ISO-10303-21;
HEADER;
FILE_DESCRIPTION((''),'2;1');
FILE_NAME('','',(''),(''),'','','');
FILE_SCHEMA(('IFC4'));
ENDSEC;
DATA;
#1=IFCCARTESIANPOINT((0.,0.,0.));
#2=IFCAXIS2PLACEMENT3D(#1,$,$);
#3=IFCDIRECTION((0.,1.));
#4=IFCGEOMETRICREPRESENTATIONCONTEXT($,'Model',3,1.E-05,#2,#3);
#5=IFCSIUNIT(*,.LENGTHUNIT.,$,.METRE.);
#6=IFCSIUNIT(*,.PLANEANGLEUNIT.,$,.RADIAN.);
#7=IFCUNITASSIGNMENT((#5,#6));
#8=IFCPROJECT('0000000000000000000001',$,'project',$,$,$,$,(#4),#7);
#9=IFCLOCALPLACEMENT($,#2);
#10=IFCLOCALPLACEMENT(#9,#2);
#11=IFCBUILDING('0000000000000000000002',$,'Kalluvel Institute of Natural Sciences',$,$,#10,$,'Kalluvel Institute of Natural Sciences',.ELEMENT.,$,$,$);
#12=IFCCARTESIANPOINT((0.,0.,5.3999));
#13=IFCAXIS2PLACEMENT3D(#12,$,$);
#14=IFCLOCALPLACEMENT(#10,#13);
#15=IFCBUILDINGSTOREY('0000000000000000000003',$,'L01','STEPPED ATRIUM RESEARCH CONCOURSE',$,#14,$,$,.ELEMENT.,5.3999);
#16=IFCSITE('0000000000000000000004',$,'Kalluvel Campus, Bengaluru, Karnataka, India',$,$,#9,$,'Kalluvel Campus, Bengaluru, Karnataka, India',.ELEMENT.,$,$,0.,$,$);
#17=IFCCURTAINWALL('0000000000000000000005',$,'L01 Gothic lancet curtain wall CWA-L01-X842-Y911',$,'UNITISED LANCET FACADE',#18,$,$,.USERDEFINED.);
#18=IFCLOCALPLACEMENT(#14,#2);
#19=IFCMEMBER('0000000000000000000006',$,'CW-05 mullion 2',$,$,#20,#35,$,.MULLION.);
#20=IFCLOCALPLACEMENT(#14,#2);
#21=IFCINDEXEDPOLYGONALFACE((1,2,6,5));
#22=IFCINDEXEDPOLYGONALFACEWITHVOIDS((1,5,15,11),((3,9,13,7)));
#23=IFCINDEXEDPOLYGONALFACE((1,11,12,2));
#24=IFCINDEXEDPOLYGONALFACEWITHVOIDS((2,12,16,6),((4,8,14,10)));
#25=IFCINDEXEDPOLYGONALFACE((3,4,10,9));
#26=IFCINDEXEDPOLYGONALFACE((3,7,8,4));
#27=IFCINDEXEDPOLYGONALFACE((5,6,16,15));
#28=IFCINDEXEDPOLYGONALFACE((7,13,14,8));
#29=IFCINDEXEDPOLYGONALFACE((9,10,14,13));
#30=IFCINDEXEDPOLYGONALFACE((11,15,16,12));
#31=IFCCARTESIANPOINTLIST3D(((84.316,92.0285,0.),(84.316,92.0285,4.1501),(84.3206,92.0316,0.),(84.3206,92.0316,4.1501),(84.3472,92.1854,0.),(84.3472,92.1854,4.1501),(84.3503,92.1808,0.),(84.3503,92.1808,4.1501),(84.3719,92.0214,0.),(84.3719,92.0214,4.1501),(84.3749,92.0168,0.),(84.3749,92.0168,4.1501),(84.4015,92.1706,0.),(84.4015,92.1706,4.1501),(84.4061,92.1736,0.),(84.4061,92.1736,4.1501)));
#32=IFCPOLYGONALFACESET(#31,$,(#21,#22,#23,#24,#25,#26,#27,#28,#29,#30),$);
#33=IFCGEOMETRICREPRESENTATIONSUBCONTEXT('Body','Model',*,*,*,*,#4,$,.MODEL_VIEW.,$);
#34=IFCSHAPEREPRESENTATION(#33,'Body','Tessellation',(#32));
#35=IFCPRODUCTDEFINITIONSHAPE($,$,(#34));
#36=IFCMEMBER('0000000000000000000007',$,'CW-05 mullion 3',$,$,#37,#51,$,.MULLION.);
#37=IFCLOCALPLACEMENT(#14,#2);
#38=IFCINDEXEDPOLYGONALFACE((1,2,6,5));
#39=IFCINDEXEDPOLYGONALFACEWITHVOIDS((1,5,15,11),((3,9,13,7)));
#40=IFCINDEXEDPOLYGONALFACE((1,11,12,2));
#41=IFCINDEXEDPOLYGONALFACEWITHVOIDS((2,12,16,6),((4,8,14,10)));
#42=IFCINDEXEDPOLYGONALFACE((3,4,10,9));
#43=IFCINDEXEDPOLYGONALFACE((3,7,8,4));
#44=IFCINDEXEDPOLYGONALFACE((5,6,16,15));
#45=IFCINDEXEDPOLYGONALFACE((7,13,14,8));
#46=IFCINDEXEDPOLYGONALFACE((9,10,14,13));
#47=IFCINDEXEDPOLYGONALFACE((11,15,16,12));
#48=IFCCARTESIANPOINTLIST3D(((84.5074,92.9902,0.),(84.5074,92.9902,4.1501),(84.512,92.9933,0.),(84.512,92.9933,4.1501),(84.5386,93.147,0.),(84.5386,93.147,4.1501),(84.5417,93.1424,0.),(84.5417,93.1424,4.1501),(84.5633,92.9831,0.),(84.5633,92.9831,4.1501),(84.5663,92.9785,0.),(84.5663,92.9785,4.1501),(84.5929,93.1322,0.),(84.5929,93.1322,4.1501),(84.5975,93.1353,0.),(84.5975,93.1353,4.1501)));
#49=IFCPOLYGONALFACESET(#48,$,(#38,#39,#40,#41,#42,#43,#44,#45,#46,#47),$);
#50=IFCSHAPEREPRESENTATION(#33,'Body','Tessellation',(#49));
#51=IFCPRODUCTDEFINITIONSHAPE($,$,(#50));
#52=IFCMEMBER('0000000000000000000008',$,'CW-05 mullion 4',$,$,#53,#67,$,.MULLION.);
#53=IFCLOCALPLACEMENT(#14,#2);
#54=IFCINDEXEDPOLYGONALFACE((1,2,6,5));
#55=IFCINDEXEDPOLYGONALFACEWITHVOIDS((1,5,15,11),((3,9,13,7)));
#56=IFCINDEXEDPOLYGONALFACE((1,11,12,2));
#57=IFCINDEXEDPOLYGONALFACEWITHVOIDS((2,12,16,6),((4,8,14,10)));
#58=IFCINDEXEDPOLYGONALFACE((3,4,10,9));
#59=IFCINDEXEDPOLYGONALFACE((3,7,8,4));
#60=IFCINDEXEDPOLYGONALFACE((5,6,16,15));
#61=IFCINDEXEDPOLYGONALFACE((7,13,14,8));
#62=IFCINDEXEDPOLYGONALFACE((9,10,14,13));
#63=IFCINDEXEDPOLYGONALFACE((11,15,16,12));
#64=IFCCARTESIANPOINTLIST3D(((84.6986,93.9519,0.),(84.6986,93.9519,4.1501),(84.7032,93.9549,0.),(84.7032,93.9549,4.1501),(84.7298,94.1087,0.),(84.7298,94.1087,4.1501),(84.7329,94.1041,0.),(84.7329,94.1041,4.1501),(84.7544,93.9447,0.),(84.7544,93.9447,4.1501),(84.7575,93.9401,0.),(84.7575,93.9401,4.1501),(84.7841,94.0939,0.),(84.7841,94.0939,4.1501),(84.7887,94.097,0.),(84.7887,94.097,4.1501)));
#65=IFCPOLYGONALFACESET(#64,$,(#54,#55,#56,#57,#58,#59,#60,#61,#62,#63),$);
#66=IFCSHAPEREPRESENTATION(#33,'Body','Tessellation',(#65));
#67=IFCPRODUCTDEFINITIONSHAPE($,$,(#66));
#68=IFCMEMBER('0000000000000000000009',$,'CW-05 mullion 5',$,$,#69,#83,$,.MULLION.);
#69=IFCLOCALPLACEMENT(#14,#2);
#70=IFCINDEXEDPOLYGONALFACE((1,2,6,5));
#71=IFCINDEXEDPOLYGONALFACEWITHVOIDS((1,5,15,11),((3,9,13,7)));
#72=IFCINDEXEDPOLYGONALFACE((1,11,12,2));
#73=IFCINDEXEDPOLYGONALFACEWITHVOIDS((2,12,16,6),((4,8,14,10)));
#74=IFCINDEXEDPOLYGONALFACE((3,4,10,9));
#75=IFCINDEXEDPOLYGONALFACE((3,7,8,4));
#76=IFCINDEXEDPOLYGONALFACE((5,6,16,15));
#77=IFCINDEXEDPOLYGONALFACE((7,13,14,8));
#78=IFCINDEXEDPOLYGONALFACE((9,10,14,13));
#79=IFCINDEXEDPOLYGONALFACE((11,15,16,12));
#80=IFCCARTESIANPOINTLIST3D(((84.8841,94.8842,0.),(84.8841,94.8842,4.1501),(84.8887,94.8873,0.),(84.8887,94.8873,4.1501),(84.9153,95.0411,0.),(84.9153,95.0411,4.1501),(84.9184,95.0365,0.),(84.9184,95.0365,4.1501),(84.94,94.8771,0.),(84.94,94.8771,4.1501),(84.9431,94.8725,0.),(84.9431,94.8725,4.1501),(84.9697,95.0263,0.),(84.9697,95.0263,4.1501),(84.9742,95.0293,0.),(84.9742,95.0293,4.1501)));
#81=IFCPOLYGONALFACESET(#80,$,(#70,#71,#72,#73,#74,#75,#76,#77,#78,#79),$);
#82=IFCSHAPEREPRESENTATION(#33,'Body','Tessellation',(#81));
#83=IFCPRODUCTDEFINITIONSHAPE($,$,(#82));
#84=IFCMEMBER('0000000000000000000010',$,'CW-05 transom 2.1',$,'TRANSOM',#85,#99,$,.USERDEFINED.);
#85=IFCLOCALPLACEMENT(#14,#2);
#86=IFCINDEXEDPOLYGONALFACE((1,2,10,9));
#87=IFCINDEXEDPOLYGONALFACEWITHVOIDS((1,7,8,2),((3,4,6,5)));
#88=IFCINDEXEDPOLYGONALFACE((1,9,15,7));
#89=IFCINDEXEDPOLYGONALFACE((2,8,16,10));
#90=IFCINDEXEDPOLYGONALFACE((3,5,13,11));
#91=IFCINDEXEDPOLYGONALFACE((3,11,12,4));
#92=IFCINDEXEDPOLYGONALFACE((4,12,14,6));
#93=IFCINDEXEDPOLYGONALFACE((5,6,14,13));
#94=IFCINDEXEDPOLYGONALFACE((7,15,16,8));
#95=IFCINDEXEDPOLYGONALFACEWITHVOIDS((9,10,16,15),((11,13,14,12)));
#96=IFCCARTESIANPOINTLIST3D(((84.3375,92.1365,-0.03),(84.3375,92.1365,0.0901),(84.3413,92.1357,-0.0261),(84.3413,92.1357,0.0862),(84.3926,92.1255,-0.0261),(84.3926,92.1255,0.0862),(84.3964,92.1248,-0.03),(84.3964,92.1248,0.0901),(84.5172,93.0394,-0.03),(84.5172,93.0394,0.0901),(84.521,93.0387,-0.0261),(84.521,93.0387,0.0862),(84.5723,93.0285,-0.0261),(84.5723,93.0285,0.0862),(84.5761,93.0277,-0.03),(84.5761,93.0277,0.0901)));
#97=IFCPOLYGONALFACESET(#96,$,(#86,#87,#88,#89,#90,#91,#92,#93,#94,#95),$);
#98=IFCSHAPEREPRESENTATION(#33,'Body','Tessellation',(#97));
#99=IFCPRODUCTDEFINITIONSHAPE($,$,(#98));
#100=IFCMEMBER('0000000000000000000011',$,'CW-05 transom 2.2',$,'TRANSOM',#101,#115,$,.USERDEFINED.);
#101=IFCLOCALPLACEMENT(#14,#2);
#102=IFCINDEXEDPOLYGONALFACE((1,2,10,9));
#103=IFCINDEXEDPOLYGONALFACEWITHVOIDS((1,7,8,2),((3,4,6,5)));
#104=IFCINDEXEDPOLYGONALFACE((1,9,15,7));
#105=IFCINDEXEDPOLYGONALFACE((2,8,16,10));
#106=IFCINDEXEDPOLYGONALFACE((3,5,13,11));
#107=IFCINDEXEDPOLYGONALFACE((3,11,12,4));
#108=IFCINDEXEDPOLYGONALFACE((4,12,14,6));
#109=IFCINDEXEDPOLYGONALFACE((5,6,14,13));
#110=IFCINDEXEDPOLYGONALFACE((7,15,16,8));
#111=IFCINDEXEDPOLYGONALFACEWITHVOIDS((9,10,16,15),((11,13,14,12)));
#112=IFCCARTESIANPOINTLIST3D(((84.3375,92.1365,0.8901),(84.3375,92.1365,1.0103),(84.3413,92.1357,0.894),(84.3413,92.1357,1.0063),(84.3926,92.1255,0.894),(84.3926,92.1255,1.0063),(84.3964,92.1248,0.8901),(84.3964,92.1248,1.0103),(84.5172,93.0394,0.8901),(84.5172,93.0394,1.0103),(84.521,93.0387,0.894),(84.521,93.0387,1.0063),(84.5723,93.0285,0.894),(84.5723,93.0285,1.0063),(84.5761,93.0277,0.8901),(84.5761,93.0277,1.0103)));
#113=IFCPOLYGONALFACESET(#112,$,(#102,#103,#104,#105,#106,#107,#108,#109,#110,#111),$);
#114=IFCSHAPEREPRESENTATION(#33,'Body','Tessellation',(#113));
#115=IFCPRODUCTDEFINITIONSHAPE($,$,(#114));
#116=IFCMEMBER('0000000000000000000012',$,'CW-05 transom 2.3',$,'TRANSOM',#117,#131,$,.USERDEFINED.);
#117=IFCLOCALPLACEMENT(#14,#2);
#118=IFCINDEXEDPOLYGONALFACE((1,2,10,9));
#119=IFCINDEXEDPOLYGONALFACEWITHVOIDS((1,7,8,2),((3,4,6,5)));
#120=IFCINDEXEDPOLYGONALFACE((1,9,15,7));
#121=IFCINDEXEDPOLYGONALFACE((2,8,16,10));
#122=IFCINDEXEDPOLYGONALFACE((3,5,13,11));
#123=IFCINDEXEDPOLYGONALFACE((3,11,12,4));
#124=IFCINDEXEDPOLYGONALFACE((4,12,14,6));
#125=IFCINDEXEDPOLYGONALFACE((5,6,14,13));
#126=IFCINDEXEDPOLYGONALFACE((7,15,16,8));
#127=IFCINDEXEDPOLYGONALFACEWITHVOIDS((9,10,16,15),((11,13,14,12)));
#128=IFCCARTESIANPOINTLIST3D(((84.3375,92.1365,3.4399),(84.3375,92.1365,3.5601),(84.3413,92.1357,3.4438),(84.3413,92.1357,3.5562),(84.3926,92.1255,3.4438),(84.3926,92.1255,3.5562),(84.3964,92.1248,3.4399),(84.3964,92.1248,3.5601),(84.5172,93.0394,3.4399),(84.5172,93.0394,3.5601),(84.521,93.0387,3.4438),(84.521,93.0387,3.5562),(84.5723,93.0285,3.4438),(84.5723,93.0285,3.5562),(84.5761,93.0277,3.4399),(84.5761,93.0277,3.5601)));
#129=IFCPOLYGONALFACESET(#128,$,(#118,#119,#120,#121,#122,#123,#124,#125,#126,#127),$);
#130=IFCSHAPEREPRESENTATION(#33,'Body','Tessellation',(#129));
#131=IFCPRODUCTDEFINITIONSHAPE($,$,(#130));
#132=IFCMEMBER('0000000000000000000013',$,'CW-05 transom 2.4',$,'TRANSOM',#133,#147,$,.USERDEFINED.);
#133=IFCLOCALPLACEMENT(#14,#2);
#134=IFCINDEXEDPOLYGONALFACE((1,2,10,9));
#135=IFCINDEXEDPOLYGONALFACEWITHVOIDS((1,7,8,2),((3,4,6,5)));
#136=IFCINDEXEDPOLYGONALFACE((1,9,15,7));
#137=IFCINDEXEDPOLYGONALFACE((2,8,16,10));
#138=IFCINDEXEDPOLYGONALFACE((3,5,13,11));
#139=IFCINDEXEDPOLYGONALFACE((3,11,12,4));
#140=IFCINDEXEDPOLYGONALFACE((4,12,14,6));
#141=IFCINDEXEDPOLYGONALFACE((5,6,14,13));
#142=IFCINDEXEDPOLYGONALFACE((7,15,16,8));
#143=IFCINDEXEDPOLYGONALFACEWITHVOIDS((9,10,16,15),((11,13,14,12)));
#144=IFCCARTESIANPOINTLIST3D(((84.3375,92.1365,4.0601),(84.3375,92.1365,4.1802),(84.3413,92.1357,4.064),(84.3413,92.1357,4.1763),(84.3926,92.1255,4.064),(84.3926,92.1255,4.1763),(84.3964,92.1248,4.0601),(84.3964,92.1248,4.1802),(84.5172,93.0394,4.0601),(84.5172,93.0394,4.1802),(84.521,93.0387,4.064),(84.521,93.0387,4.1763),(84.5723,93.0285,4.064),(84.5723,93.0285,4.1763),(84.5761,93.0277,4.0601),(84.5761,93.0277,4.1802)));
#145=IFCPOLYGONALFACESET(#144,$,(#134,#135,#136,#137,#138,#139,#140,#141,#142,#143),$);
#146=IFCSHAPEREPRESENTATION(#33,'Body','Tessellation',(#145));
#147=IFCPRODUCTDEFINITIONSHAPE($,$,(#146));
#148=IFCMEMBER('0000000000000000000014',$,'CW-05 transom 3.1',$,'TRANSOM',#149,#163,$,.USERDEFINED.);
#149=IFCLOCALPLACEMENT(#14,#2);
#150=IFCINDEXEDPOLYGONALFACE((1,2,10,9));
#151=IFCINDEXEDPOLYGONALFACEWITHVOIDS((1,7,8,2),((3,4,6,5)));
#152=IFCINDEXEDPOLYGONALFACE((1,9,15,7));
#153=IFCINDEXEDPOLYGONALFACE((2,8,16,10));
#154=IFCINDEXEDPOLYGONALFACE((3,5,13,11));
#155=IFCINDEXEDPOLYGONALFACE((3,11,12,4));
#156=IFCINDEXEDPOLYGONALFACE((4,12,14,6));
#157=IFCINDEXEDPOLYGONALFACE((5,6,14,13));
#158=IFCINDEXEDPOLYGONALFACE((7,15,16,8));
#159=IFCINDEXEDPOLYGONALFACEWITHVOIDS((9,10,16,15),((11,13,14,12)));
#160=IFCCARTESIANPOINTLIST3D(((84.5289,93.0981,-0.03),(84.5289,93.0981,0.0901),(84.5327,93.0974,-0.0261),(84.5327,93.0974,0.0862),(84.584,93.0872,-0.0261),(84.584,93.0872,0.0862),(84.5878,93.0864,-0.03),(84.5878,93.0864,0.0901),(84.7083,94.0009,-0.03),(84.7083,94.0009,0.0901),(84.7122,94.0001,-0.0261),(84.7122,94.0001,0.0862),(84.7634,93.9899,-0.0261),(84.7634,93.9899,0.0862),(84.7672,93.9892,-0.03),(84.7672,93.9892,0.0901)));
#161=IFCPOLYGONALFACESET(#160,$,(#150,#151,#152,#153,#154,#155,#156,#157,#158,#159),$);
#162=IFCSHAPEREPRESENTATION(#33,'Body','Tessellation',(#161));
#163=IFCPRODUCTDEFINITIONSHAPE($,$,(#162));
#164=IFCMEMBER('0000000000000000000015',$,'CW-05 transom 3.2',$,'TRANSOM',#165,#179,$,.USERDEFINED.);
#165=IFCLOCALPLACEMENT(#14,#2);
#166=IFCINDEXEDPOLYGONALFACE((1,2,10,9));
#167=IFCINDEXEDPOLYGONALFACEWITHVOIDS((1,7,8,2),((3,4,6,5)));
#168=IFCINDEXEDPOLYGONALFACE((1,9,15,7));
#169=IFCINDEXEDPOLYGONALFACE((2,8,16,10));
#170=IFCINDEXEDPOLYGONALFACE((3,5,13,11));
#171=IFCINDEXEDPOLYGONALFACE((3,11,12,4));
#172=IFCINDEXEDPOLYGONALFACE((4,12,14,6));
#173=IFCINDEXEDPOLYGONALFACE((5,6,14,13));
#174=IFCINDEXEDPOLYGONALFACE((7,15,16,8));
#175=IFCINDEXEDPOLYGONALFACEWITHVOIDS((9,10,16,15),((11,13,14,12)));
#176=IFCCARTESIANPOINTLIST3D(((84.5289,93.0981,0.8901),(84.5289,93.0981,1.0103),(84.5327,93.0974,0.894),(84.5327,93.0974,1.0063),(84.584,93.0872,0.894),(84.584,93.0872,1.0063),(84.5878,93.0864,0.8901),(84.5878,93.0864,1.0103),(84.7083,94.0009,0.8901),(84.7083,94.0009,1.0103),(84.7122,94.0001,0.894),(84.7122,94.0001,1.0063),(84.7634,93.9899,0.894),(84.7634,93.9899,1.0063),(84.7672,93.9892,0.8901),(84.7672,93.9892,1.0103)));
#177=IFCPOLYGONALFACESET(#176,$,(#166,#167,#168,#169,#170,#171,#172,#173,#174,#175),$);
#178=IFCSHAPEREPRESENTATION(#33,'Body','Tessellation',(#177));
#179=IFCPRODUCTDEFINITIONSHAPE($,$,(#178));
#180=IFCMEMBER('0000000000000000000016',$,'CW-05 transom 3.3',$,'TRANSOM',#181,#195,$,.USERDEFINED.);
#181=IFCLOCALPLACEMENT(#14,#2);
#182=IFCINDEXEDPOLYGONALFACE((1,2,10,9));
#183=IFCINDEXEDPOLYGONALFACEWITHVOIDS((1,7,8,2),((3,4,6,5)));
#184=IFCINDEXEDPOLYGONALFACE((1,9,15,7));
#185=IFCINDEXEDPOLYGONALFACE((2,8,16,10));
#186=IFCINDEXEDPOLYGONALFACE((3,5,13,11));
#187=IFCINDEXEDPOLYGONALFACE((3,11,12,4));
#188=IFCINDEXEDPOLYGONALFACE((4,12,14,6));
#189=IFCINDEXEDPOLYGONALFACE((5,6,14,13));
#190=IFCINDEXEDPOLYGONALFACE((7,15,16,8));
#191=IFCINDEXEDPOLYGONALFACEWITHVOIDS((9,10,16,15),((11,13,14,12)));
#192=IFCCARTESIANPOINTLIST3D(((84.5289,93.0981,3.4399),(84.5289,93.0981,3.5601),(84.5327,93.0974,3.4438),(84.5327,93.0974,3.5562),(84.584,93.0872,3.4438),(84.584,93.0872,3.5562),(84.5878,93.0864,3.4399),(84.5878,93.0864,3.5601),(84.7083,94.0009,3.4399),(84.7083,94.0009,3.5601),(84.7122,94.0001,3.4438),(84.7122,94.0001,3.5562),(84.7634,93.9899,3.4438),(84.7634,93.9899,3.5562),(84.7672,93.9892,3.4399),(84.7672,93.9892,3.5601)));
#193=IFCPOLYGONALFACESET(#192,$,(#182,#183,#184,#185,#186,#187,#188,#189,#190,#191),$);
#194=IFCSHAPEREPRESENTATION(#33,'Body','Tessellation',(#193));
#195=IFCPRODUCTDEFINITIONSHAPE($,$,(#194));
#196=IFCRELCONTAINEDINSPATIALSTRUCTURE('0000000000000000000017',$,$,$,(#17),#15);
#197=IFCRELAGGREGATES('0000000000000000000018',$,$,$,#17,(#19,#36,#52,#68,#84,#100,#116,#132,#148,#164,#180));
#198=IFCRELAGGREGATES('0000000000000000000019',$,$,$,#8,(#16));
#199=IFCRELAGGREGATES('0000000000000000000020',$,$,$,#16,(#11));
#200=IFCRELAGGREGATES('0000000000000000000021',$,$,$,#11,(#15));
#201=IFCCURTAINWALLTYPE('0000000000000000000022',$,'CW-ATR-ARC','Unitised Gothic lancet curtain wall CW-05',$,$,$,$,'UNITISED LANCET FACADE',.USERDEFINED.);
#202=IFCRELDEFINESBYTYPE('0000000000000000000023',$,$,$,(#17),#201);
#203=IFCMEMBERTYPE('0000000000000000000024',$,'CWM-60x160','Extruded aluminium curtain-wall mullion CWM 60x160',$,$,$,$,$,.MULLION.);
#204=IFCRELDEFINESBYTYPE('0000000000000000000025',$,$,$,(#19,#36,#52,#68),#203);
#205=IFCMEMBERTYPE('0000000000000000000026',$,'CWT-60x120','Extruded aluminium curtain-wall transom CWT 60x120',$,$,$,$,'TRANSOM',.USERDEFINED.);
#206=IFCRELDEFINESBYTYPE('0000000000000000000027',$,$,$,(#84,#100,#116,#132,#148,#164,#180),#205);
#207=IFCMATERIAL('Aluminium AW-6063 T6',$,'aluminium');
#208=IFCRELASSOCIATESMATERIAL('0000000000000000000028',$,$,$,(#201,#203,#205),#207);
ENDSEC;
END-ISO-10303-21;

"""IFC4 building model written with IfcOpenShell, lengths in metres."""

from ifc_helpers import new_model, si_unit, direction, frame, origin, origin_2d, place, context, subcontext, project, spatial, hollow_rectangle, extrude, material, material_profile, profile_set, type_object, element, aggregate, save


model = new_model("IFC4")

# Units and contexts
model_context = context("Model", 3, precision=1e-05, world=origin(), true_north=direction((0.0, 1.0)))
body_context = subcontext(model_context, "Body", "Model", "MODEL_VIEW")
ifc_project = project(units=[si_unit("LENGTHUNIT", "METRE"), si_unit("PLANEANGLEUNIT", "RADIAN")], contexts=[model_context])

# Site, building, storey
site_placement = place(None, origin())
site = spatial("IfcSite", under=ifc_project, at=site_placement, Name="Kalluvel Campus, Bengaluru, Karnataka, India", LongName="Kalluvel Campus, Bengaluru, Karnataka, India", CompositionType="ELEMENT", RefElevation=0.0)
building_placement = place(site_placement, origin())
building = spatial("IfcBuilding", under=site, at=building_placement, Name="Kalluvel Institute of Natural Sciences", LongName="Kalluvel Institute of Natural Sciences", CompositionType="ELEMENT")
storey_placement = place(building_placement, frame((0.0, 0.0, 5.3999)))
storey = spatial("IfcBuildingStorey", under=building, at=storey_placement, Name="L01", Description="STEPPED ATRIUM RESEARCH CONCOURSE", CompositionType="ELEMENT", Elevation=5.3999)

# Curtain wall, members
ifc_material_1 = material(Name="Aluminium AW-6063 T6", Category="aluminium")
curtain_wall_type = type_object("IfcCurtainWallType", Name="CW-ATR-ARC", Description="Unitised Gothic lancet curtain wall CW-05", ElementType="UNITISED LANCET FACADE", PredefinedType="USERDEFINED", material=ifc_material_1)
curtain_wall_placement = place(storey_placement, origin())
curtain_wall = element("IfcCurtainWall", 1, at=curtain_wall_placement, inside=storey, type_object=curtain_wall_type, Name="L01 Gothic lancet curtain wall CWA-L01-X842-Y911", ObjectType="UNITISED LANCET FACADE", PredefinedType="USERDEFINED")
ifc_material_profile_1 = material_profile(ifc_material_1, hollow_rectangle(XDim=0.0601, YDim=0.1599, WallThickness=0.0039, at=origin_2d()), Name="CWM 60x160")
ifc_profile_set_1 = profile_set([ifc_material_profile_1], Name="Aluminium AW-6063 T6")
member_type_1 = type_object("IfcMemberType", Name="CWM-60x160", Description="Extruded aluminium curtain-wall mullion CWM 60x160", PredefinedType="MULLION", material=ifc_profile_set_1)
member_1_placement = place(storey_placement, frame((84.3611, 92.1011, 0.0), z_axis=(0.0, 0.0, 1.0), x_axis=(-0.980788, 0.195077, 0.0)))
member_1 = element("IfcMember", 2, at=member_1_placement, type_object=member_type_1, Name="CW-05 mullion 2", PredefinedType="MULLION", context=body_context, shape_type="SweptSolid", body=[
    extrude(hollow_rectangle(XDim=0.0601, YDim=0.1599, WallThickness=0.0039, at=origin_2d()), origin(), (0.0, 0.0, 1.0), 4.1501),
])
member_2_placement = place(storey_placement, frame((84.5525, 93.0627, 0.0), z_axis=(0.0, 0.0, 1.0), x_axis=(-0.980788, 0.195077, 0.0)))
member_2 = element("IfcMember", 3, at=member_2_placement, type_object=member_type_1, Name="CW-05 mullion 3", PredefinedType="MULLION", context=body_context, shape_type="SweptSolid", body=[
    extrude(hollow_rectangle(XDim=0.0601, YDim=0.1599, WallThickness=0.0039, at=origin_2d()), origin(), (0.0, 0.0, 1.0), 4.1501),
])
member_3_placement = place(storey_placement, frame((84.7437, 94.0244, 0.0), z_axis=(0.0, 0.0, 1.0), x_axis=(-0.980788, 0.195077, 0.0)))
member_3 = element("IfcMember", 4, at=member_3_placement, type_object=member_type_1, Name="CW-05 mullion 4", PredefinedType="MULLION", context=body_context, shape_type="SweptSolid", body=[
    extrude(hollow_rectangle(XDim=0.0601, YDim=0.1599, WallThickness=0.0039, at=origin_2d()), origin(), (0.0, 0.0, 1.0), 4.1501),
])
member_4_placement = place(storey_placement, frame((84.9292, 94.9568, 0.0), z_axis=(0.0, 0.0, 1.0), x_axis=(-0.980788, 0.195077, 0.0)))
member_4 = element("IfcMember", 5, at=member_4_placement, type_object=member_type_1, Name="CW-05 mullion 5", PredefinedType="MULLION", context=body_context, shape_type="SweptSolid", body=[
    extrude(hollow_rectangle(XDim=0.0601, YDim=0.1599, WallThickness=0.0039, at=origin_2d()), origin(), (0.0, 0.0, 1.0), 4.1501),
])
ifc_material_profile_2 = material_profile(ifc_material_1, hollow_rectangle(XDim=0.0601, YDim=0.1201, WallThickness=0.0039, at=origin_2d()), Name="CWT 60x120")
ifc_profile_set_2 = profile_set([ifc_material_profile_2], Name="Aluminium AW-6063 T6")
member_type_2 = type_object("IfcMemberType", Name="CWT-60x120", Description="Extruded aluminium curtain-wall transom CWT 60x120", ElementType="TRANSOM", PredefinedType="USERDEFINED", material=ifc_profile_set_2)
member_5_placement = place(storey_placement, frame((84.3669, 92.1306, 0.03), z_axis=(0.195198, 0.980764, 0.0), x_axis=(-0.980764, 0.195198, 0.0)))
member_5 = element("IfcMember", 6, at=member_5_placement, type_object=member_type_2, Name="CW-05 transom 2.1", ObjectType="TRANSOM", PredefinedType="USERDEFINED", context=body_context, shape_type="SweptSolid", body=[
    extrude(hollow_rectangle(XDim=0.0601, YDim=0.1201, WallThickness=0.0039, at=origin_2d()), origin(), (0.0, 0.0, 1.0), 0.9207),
])
member_6_placement = place(storey_placement, frame((84.3669, 92.1306, 0.9502), z_axis=(0.195198, 0.980764, 0.0), x_axis=(-0.980764, 0.195198, 0.0)))
member_6 = element("IfcMember", 7, at=member_6_placement, type_object=member_type_2, Name="CW-05 transom 2.2", ObjectType="TRANSOM", PredefinedType="USERDEFINED", context=body_context, shape_type="SweptSolid", body=[
    extrude(hollow_rectangle(XDim=0.0601, YDim=0.1201, WallThickness=0.0039, at=origin_2d()), origin(), (0.0, 0.0, 1.0), 0.9207),
])
member_7_placement = place(storey_placement, frame((84.3669, 92.1306, 3.5), z_axis=(0.195198, 0.980764, 0.0), x_axis=(-0.980764, 0.195198, 0.0)))
member_7 = element("IfcMember", 8, at=member_7_placement, type_object=member_type_2, Name="CW-05 transom 2.3", ObjectType="TRANSOM", PredefinedType="USERDEFINED", context=body_context, shape_type="SweptSolid", body=[
    extrude(hollow_rectangle(XDim=0.0601, YDim=0.1201, WallThickness=0.0039, at=origin_2d()), origin(), (0.0, 0.0, 1.0), 0.9207),
])
member_8_placement = place(storey_placement, frame((84.3669, 92.1306, 4.1201), z_axis=(0.195198, 0.980764, 0.0), x_axis=(-0.980764, 0.195198, 0.0)))
member_8 = element("IfcMember", 9, at=member_8_placement, type_object=member_type_2, Name="CW-05 transom 2.4", ObjectType="TRANSOM", PredefinedType="USERDEFINED", context=body_context, shape_type="SweptSolid", body=[
    extrude(hollow_rectangle(XDim=0.0601, YDim=0.1201, WallThickness=0.0039, at=origin_2d()), origin(), (0.0, 0.0, 1.0), 0.9207),
])
member_9_placement = place(storey_placement, frame((84.5583, 93.0923, 0.03), z_axis=(0.194943, 0.980815, 0.0), x_axis=(-0.980815, 0.194943, 0.0)))
member_9 = element("IfcMember", 10, at=member_9_placement, type_object=member_type_2, Name="CW-05 transom 3.1", ObjectType="TRANSOM", PredefinedType="USERDEFINED", context=body_context, shape_type="SweptSolid", body=[
    extrude(hollow_rectangle(XDim=0.0601, YDim=0.1201, WallThickness=0.0039, at=origin_2d()), origin(), (0.0, 0.0, 1.0), 0.9204),
])
member_10_placement = place(storey_placement, frame((84.5583, 93.0923, 0.9502), z_axis=(0.194943, 0.980815, 0.0), x_axis=(-0.980815, 0.194943, 0.0)))
member_10 = element("IfcMember", 11, at=member_10_placement, type_object=member_type_2, Name="CW-05 transom 3.2", ObjectType="TRANSOM", PredefinedType="USERDEFINED", context=body_context, shape_type="SweptSolid", body=[
    extrude(hollow_rectangle(XDim=0.0601, YDim=0.1201, WallThickness=0.0039, at=origin_2d()), origin(), (0.0, 0.0, 1.0), 0.9204),
])
member_11_placement = place(storey_placement, frame((84.5583, 93.0923, 3.5), z_axis=(0.194943, 0.980815, 0.0), x_axis=(-0.980815, 0.194943, 0.0)))
member_11 = element("IfcMember", 12, at=member_11_placement, type_object=member_type_2, Name="CW-05 transom 3.3", ObjectType="TRANSOM", PredefinedType="USERDEFINED", context=body_context, shape_type="SweptSolid", body=[
    extrude(hollow_rectangle(XDim=0.0601, YDim=0.1201, WallThickness=0.0039, at=origin_2d()), origin(), (0.0, 0.0, 1.0), 0.9204),
])
aggregate(curtain_wall, [member_1, member_2, member_3, member_4, member_5, member_6, member_7, member_8, member_9, member_10, member_11])

save(model, "model.ifc")
